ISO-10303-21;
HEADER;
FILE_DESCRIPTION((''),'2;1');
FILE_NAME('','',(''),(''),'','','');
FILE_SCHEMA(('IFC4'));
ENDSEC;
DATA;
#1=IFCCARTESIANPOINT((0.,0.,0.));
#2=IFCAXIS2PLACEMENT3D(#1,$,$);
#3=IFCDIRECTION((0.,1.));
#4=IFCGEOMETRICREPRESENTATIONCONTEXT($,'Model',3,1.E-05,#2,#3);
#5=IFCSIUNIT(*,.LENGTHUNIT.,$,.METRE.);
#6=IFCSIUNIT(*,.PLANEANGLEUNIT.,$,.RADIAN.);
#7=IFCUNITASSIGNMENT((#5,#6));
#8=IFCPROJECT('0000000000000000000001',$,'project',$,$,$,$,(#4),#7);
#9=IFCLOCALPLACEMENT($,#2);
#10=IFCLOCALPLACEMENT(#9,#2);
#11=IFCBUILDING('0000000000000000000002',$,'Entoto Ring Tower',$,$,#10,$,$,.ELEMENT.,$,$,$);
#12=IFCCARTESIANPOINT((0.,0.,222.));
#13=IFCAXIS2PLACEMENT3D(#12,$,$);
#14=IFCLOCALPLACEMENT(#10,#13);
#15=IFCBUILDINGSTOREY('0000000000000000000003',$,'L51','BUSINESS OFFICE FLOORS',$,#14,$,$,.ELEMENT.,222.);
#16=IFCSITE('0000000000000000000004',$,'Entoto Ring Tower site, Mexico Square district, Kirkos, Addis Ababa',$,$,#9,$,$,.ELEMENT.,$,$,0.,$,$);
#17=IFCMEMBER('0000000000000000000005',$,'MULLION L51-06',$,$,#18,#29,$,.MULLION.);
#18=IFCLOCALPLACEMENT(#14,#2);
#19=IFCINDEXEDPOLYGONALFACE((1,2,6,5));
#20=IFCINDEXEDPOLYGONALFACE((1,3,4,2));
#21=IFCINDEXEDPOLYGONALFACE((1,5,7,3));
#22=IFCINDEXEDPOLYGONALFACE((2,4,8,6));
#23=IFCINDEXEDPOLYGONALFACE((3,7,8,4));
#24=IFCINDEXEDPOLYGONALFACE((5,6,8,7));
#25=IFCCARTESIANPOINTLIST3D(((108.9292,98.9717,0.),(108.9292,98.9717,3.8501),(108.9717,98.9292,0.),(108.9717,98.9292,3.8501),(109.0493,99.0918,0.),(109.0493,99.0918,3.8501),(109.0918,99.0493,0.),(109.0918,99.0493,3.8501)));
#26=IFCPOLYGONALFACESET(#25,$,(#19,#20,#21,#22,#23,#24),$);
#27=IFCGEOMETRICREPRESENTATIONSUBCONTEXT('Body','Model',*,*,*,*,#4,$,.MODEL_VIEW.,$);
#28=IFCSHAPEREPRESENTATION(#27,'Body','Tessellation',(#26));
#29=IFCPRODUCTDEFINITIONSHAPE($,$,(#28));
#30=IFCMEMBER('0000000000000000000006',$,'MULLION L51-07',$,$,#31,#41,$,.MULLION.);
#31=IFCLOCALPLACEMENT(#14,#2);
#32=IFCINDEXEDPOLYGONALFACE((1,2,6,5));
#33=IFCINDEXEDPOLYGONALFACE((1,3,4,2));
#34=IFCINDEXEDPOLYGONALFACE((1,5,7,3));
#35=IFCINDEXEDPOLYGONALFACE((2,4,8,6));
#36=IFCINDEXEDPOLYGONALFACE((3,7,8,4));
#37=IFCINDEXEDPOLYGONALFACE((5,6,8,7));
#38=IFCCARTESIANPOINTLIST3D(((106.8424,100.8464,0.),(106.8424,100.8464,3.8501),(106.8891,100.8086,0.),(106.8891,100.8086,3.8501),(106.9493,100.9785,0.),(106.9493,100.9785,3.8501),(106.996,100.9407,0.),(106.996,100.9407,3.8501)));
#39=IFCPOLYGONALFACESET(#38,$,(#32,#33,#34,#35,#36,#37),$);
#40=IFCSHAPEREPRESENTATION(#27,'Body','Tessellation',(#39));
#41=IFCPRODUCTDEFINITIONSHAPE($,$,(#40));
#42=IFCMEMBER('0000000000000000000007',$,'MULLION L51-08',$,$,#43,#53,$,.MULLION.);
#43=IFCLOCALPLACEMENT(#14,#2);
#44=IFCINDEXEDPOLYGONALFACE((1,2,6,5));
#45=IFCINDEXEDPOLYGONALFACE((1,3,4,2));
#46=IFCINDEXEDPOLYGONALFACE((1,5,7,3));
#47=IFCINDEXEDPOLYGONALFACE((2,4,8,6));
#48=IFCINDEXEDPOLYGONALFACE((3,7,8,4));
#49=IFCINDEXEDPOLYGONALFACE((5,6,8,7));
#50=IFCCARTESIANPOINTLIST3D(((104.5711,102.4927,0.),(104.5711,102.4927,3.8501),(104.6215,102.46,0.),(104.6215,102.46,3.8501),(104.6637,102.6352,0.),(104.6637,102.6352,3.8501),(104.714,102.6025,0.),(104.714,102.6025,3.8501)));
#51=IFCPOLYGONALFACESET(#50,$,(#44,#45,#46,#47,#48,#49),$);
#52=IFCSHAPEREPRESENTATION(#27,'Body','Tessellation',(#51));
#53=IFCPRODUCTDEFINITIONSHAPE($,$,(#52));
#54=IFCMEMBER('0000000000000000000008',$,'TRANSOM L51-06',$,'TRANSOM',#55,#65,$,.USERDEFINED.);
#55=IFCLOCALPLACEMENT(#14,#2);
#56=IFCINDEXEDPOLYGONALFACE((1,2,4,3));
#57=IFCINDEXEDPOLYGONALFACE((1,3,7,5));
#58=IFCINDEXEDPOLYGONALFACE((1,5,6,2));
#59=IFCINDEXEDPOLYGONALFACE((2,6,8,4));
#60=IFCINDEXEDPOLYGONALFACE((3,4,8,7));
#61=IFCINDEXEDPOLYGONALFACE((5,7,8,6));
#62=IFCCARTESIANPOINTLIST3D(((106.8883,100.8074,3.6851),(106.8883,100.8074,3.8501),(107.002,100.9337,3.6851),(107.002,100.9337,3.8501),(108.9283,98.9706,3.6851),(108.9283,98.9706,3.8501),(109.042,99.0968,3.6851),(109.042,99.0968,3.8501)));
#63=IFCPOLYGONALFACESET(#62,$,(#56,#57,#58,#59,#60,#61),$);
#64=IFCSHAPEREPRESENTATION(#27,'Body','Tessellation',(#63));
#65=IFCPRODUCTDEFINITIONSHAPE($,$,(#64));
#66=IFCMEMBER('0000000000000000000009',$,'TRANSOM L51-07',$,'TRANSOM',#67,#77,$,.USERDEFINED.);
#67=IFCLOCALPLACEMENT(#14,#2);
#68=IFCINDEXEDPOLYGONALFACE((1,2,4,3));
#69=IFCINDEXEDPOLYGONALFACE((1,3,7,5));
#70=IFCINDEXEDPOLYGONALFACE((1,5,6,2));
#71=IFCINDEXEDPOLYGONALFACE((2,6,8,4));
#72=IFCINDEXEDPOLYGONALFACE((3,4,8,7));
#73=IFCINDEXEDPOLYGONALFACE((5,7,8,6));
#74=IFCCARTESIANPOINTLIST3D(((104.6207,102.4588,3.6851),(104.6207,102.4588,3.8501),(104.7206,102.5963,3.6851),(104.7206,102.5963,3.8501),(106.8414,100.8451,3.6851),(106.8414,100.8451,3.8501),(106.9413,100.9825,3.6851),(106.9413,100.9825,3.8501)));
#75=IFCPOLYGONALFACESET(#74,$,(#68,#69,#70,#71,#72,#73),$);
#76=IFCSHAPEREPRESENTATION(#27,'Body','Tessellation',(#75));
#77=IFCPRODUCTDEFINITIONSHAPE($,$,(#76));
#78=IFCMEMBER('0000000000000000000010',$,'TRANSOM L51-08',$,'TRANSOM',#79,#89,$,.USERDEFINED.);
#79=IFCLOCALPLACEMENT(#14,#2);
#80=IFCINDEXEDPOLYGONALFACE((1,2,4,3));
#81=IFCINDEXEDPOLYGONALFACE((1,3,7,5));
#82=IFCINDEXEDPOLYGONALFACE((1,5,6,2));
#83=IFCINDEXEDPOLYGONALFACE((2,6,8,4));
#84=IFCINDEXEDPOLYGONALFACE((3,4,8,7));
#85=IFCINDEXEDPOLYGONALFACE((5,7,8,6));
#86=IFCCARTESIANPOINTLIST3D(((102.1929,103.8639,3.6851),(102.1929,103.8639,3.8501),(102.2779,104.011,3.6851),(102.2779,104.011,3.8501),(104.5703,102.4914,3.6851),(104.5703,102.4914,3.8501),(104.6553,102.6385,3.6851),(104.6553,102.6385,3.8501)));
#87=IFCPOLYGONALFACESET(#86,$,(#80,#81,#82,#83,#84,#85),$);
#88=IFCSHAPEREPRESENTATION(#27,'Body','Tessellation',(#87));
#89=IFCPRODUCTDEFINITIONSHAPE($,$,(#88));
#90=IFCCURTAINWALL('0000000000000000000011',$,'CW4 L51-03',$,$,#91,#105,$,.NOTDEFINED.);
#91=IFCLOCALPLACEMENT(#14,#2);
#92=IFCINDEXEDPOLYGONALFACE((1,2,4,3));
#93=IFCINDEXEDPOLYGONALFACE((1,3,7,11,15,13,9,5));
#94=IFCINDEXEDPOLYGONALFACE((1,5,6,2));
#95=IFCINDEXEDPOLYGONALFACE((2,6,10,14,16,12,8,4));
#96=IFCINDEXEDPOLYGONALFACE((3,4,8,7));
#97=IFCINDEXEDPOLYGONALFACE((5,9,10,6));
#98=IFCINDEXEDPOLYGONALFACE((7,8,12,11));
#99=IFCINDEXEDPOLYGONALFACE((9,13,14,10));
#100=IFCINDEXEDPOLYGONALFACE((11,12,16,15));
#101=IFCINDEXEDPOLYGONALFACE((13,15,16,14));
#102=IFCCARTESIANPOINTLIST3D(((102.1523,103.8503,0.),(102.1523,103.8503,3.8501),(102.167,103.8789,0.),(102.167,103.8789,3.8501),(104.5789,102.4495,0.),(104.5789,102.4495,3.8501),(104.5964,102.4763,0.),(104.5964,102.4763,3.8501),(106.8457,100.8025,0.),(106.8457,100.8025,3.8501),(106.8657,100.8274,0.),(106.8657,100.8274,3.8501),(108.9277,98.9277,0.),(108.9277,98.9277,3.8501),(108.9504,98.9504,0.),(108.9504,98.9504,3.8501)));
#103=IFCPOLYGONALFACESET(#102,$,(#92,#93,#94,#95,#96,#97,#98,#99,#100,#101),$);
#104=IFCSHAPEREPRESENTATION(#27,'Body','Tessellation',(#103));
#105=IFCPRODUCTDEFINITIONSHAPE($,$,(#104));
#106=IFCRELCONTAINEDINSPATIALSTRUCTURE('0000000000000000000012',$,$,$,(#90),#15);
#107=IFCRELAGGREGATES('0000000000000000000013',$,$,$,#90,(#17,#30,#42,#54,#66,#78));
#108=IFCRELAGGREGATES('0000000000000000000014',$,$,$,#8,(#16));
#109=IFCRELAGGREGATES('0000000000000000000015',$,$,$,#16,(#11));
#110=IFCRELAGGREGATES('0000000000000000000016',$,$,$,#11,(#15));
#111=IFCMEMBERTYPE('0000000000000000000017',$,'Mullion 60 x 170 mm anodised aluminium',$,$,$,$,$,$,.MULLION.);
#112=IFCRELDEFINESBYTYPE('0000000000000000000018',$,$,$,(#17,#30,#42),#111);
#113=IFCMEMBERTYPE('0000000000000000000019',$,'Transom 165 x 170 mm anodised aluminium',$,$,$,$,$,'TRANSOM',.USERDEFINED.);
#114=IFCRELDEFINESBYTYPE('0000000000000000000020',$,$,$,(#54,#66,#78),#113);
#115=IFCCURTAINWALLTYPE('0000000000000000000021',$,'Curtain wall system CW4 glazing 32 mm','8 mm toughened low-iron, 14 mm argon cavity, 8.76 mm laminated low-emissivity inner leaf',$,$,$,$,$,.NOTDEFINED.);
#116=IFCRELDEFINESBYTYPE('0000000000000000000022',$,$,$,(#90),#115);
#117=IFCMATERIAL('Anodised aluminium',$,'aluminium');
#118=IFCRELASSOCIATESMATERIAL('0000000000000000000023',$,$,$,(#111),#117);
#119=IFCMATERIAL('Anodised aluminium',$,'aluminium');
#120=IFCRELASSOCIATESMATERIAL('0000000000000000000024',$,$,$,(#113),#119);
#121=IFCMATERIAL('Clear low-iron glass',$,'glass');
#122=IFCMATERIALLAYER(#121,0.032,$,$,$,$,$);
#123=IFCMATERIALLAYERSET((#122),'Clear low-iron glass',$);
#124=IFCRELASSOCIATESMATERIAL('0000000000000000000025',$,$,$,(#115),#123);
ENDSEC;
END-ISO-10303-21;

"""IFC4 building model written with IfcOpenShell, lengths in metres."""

from ifc_helpers import new_model, si_unit, direction, frame, origin, origin_2d, place, context, subcontext, project, spatial, polyline, rectangle, outline, extrude, material, layer, layer_set, material_profile, profile_set, type_object, element, aggregate, save


model = new_model("IFC4")

# Units and contexts
model_context = context("Model", 3, precision=1e-05, world=origin(), true_north=direction((0.0, 1.0)))
body_context = subcontext(model_context, "Body", "Model", "MODEL_VIEW")
ifc_project = project(units=[si_unit("LENGTHUNIT", "METRE"), si_unit("PLANEANGLEUNIT", "RADIAN")], contexts=[model_context])

# Members
ifc_material_1 = material(Name="Anodised aluminium", Category="aluminium")
ifc_material_profile_1 = material_profile(ifc_material_1, rectangle(XDim=0.0601, YDim=0.1699, at=origin_2d()), Name="Mullion 60 x 170 mm anodised aluminium")
ifc_profile_set_1 = profile_set([ifc_material_profile_1], Name="Anodised aluminium")
member_type_1 = type_object("IfcMemberType", Name="Mullion 60 x 170 mm anodised aluminium", PredefinedType="MULLION", material=ifc_profile_set_1)
site_placement = place(None, origin())
building_placement = place(site_placement, origin())
storey_placement = place(building_placement, frame((0.0, 0.0, 222.0)))
member_1_placement = place(storey_placement, frame((109.0105, 99.0105, 0.0), z_axis=(0.0, 0.0, 1.0), x_axis=(-0.707107, 0.707107, 0.0)))
member_1 = element("IfcMember", 1, at=member_1_placement, type_object=member_type_1, Name="MULLION L51-06", PredefinedType="MULLION", context=body_context, shape_type="SweptSolid", body=[
    extrude(rectangle(XDim=0.0601, YDim=0.1699, at=origin_2d()), origin(), (0.0, 0.0, 1.0), 3.8501),
])
member_2_placement = place(storey_placement, frame((106.9192, 100.8936, 0.0), z_axis=(0.0, 0.0, 1.0), x_axis=(-0.777146, 0.62932, 0.0)))
member_2 = element("IfcMember", 2, at=member_2_placement, type_object=member_type_1, Name="MULLION L51-07", PredefinedType="MULLION", context=body_context, shape_type="SweptSolid", body=[
    extrude(rectangle(XDim=0.0601, YDim=0.1699, at=origin_2d()), origin(), (0.0, 0.0, 1.0), 3.8501),
])
member_3_placement = place(storey_placement, frame((104.6426, 102.5476, 0.0), z_axis=(0.0, 0.0, 1.0), x_axis=(-0.838671, 0.544639, 0.0)))
member_3 = element("IfcMember", 3, at=member_3_placement, type_object=member_type_1, Name="MULLION L51-08", PredefinedType="MULLION", context=body_context, shape_type="SweptSolid", body=[
    extrude(rectangle(XDim=0.0601, YDim=0.1699, at=origin_2d()), origin(), (0.0, 0.0, 1.0), 3.8501),
])
ifc_material_2 = material(Name="Anodised aluminium", Category="aluminium")
ifc_material_profile_2 = material_profile(ifc_material_2, rectangle(XDim=0.1699, YDim=0.165, at=origin_2d()), Name="Transom 165 x 170 mm anodised aluminium")
ifc_profile_set_2 = profile_set([ifc_material_profile_2], Name="Anodised aluminium")
member_type_2 = type_object("IfcMemberType", Name="Transom 165 x 170 mm anodised aluminium", ElementType="TRANSOM", PredefinedType="USERDEFINED", material=ifc_profile_set_2)
member_4_placement = place(storey_placement, frame((108.9851, 99.0337, 3.7676), z_axis=(-0.743135, 0.669142, 0.0), x_axis=(-0.669142, -0.743135, 0.0)))
member_4 = element("IfcMember", 4, at=member_4_placement, type_object=member_type_2, Name="TRANSOM L51-06", ObjectType="TRANSOM", PredefinedType="USERDEFINED", context=body_context, shape_type="SweptSolid", body=[
    extrude(rectangle(XDim=0.1699, YDim=0.165, at=origin_2d()), origin(), (0.0, 0.0, 1.0), 2.7451),
])
member_5_placement = place(storey_placement, frame((106.8914, 100.9138, 3.7676), z_axis=(-0.808959, 0.587865, 0.0), x_axis=(-0.587865, -0.808959, 0.0)))
member_5 = element("IfcMember", 5, at=member_5_placement, type_object=member_type_2, Name="TRANSOM L51-07", ObjectType="TRANSOM", PredefinedType="USERDEFINED", context=body_context, shape_type="SweptSolid", body=[
    extrude(rectangle(XDim=0.1699, YDim=0.165, at=origin_2d()), origin(), (0.0, 0.0, 1.0), 2.7451),
])
member_6_placement = place(storey_placement, frame((104.6128, 102.5649, 3.7676), z_axis=(-0.866035, 0.499984, 0.0), x_axis=(-0.499984, -0.866035, 0.0)))
member_6 = element("IfcMember", 6, at=member_6_placement, type_object=member_type_2, Name="TRANSOM L51-08", ObjectType="TRANSOM", PredefinedType="USERDEFINED", context=body_context, shape_type="SweptSolid", body=[
    extrude(rectangle(XDim=0.1699, YDim=0.165, at=origin_2d()), origin(), (0.0, 0.0, 1.0), 2.7451),
])

# Site, building, storey
site = spatial("IfcSite", under=ifc_project, at=site_placement, Name="Entoto Ring Tower site, Mexico Square district, Kirkos, Addis Ababa", CompositionType="ELEMENT", RefElevation=0.0)
building = spatial("IfcBuilding", under=site, at=building_placement, Name="Entoto Ring Tower", CompositionType="ELEMENT")
storey = spatial("IfcBuildingStorey", under=building, at=storey_placement, Name="L51", Description="BUSINESS OFFICE FLOORS", CompositionType="ELEMENT", Elevation=222.0)

# Curtain wall
ifc_material_3 = material(Name="Clear low-iron glass", Category="glass")
ifc_layer_1 = layer(ifc_material_3, 0.032)
ifc_layer_set_1 = layer_set([ifc_layer_1], Name="Clear low-iron glass")
curtain_wall_type = type_object("IfcCurtainWallType", Name="Curtain wall system CW4 glazing 32 mm", Description="8 mm toughened low-iron, 14 mm argon cavity, 8.76 mm laminated low-emissivity inner leaf", PredefinedType="NOTDEFINED", material=ifc_layer_set_1)
curtain_wall_1_placement = place(storey_placement, origin())
curtain_wall_1 = element("IfcCurtainWall", 7, at=curtain_wall_1_placement, inside=storey, type_object=curtain_wall_type, Name="CW4 L51-03", PredefinedType="NOTDEFINED", context=body_context, shape_type="SweptSolid", body=[
    extrude(outline(polyline([(108.9504, 98.9504), (106.8657, 100.8274), (104.5964, 102.4763), (102.167, 103.8789), (102.1523, 103.8503), (104.5789, 102.4495), (106.8457, 100.8025), (108.9277, 98.9277), (108.9504, 98.9504)])), origin(), (0.0, 0.0, 1.0), 3.8501),
])
aggregate(curtain_wall_1, [member_1, member_2, member_3, member_4, member_5, member_6])

save(model, "model.ifc")
